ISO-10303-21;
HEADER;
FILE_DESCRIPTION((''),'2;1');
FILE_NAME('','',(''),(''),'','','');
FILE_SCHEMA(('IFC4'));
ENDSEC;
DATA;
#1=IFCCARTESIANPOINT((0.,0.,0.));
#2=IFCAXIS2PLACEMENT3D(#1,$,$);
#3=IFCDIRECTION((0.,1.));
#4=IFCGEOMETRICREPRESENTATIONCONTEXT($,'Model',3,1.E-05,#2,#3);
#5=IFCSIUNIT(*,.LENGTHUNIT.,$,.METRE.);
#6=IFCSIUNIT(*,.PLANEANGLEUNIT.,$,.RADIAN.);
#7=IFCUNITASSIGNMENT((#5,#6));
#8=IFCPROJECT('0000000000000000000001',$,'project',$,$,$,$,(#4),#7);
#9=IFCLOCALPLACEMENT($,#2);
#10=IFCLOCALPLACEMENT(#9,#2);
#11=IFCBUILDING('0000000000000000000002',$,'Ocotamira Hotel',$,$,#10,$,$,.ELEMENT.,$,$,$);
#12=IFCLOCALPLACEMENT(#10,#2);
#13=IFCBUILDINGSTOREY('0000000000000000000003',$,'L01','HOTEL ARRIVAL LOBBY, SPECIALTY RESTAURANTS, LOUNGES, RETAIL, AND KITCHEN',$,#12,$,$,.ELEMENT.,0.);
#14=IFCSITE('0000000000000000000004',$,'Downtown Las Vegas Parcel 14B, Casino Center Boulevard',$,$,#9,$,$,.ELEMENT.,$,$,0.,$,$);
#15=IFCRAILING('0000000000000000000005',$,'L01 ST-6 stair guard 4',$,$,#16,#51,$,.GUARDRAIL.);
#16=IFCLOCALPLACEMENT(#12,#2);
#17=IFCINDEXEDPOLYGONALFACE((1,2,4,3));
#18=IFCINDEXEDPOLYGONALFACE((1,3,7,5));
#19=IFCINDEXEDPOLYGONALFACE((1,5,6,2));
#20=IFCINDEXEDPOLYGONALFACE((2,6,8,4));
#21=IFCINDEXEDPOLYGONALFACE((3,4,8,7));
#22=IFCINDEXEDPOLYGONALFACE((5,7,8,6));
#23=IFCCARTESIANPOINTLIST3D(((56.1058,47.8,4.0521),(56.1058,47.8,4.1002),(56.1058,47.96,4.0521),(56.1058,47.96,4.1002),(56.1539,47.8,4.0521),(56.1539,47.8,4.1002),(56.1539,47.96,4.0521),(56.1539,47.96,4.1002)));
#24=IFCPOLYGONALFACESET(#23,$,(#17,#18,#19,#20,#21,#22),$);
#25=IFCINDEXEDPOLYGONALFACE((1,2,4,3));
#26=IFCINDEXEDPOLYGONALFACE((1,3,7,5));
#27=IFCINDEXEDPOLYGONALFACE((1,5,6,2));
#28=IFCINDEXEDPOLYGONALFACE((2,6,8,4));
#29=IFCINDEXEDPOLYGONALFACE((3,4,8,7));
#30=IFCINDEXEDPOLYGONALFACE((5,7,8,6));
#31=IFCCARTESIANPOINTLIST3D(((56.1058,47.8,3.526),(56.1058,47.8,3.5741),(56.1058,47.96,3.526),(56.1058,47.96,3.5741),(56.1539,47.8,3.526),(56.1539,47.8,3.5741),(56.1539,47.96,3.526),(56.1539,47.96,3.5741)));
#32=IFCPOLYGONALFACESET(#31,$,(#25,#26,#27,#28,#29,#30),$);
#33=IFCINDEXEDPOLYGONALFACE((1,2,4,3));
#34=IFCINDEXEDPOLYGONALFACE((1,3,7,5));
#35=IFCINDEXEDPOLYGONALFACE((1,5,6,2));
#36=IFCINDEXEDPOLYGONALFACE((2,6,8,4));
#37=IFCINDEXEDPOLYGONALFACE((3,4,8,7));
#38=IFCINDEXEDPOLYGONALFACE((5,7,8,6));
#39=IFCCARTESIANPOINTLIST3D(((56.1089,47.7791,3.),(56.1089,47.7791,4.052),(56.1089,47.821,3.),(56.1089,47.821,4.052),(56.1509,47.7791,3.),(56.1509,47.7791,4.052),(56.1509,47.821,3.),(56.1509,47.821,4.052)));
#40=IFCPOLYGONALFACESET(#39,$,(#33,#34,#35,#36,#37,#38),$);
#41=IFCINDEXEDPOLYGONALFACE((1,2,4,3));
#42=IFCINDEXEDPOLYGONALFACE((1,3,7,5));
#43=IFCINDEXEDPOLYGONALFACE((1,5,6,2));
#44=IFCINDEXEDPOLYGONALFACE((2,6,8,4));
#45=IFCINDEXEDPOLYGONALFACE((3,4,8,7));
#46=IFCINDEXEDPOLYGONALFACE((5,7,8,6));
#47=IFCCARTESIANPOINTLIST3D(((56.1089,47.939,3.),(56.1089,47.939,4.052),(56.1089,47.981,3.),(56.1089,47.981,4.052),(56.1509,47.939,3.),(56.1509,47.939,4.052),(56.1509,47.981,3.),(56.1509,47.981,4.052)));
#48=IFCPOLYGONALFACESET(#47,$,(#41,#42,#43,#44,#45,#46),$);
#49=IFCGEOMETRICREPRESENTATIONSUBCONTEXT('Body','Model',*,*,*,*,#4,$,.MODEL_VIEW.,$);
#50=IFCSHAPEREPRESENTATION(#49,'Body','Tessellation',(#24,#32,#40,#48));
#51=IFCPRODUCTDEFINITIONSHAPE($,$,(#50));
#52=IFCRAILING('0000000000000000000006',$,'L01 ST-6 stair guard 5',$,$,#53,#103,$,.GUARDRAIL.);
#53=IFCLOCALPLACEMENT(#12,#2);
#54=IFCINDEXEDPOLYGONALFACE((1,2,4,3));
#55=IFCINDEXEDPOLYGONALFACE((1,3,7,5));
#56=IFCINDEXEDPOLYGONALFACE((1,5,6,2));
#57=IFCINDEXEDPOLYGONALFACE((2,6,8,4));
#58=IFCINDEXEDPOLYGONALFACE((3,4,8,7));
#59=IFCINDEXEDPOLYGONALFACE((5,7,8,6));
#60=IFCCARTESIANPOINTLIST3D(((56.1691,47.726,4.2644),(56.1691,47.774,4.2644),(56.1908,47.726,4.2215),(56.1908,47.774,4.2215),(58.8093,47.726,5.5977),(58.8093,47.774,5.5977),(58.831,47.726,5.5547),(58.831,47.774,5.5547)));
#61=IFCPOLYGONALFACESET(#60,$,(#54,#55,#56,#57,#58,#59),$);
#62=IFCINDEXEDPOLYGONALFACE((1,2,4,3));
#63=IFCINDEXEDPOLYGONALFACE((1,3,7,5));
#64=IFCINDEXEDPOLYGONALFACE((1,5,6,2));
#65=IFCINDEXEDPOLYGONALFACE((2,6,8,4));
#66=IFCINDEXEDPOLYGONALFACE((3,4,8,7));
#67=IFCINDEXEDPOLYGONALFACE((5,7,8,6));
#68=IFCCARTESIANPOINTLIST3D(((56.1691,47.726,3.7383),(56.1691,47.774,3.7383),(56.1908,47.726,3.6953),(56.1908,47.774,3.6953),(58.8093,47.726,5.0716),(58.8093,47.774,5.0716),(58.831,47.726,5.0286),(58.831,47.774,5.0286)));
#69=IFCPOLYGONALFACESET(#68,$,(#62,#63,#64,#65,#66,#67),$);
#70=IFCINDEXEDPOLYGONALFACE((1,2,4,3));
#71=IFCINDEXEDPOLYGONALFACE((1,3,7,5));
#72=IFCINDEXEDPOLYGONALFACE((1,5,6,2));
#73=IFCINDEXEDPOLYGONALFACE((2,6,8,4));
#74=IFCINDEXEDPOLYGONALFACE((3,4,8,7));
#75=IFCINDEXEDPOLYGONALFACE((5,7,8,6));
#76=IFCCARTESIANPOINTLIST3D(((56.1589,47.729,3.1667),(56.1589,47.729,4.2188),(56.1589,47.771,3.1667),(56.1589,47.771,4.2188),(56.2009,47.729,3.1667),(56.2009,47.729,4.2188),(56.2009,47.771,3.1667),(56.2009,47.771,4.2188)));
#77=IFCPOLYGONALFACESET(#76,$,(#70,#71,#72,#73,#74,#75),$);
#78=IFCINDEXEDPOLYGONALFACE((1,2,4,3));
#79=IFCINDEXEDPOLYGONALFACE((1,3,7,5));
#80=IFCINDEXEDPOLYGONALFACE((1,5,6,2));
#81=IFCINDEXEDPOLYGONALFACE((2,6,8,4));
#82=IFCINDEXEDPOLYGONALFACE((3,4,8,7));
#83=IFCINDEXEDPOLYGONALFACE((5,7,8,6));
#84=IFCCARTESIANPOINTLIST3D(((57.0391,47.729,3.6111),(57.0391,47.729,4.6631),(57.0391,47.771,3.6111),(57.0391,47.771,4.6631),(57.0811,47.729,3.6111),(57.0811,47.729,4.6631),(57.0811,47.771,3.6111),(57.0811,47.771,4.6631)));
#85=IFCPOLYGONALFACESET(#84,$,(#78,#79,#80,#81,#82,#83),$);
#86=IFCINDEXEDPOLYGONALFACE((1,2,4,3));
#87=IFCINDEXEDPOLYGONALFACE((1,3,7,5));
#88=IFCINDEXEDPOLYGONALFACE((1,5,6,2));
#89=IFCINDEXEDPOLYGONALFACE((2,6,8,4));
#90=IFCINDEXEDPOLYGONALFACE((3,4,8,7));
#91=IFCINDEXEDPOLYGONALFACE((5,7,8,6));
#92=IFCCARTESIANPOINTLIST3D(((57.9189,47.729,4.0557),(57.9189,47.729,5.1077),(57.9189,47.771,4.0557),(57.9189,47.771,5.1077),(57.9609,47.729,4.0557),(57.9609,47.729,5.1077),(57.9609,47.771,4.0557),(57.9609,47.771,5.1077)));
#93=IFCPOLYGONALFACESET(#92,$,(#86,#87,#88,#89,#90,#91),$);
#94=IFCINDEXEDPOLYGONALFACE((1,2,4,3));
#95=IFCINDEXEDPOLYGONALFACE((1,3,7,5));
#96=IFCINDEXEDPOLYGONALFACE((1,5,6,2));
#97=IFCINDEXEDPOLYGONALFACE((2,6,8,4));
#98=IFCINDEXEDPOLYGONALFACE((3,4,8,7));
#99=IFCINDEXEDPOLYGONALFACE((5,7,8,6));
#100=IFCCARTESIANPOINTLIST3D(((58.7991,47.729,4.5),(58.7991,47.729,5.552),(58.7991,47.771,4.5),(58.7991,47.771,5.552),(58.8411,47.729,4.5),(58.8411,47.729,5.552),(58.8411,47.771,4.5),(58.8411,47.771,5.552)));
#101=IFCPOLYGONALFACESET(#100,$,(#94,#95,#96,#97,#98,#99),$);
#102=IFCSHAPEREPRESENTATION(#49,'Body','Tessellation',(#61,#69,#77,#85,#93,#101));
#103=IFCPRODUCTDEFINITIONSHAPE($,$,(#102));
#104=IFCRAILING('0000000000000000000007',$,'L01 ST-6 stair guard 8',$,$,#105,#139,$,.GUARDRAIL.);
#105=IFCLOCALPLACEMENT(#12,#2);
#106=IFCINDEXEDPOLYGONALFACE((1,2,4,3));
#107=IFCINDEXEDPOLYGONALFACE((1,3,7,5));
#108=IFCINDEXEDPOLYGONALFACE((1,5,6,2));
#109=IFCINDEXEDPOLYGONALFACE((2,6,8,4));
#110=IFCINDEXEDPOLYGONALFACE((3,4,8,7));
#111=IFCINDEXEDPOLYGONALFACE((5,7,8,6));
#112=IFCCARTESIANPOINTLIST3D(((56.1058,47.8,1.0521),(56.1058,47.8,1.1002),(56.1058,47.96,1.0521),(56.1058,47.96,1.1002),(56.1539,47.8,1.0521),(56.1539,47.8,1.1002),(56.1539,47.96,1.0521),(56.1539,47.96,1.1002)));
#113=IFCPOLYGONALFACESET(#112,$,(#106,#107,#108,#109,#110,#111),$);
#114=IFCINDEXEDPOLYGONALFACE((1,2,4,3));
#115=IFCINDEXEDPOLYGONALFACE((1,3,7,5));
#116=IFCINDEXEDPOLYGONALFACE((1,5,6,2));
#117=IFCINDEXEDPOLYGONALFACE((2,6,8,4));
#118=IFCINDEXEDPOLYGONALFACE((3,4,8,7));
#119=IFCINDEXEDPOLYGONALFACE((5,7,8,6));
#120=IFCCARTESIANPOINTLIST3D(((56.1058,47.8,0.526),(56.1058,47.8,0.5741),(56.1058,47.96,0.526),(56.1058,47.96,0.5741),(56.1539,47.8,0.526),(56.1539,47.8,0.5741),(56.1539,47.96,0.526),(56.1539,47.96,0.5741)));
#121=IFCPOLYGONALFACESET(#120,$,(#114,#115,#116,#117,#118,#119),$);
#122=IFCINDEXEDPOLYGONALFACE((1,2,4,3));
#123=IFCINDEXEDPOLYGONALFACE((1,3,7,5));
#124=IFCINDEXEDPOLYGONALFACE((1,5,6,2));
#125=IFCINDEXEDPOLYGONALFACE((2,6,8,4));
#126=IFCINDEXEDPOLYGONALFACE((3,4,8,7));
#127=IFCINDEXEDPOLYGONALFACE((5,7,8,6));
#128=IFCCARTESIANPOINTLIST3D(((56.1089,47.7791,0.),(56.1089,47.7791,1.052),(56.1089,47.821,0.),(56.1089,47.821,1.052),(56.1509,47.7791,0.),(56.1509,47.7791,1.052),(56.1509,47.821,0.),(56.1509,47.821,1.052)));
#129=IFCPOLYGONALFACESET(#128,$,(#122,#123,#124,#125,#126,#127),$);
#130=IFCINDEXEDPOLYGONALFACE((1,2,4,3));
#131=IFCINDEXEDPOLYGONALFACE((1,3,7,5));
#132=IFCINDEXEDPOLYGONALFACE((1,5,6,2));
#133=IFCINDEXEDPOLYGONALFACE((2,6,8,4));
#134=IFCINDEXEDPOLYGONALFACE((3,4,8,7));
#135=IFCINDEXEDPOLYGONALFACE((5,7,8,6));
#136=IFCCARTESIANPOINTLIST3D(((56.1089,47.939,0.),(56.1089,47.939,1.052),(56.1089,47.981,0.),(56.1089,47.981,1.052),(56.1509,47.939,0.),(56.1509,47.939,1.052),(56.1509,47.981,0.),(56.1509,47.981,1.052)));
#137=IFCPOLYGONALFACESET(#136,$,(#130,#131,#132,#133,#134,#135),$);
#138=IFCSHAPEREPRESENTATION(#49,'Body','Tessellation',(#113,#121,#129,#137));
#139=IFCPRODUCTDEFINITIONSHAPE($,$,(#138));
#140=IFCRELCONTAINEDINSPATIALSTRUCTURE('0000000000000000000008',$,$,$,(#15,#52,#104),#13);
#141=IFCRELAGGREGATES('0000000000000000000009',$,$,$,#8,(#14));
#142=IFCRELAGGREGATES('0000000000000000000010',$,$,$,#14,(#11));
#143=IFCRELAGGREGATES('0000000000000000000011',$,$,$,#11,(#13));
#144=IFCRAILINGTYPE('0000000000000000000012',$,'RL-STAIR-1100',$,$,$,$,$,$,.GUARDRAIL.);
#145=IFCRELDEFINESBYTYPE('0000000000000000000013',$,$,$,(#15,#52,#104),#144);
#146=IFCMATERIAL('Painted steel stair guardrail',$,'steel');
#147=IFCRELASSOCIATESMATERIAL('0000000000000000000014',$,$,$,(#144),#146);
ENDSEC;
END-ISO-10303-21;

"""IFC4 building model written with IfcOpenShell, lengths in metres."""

from ifc_helpers import new_model, si_unit, direction, frame, origin, origin_2d, place, context, subcontext, project, spatial, rectangle, extrude, material, type_object, element, save


model = new_model("IFC4")

# Units and contexts
model_context = context("Model", 3, precision=1e-05, world=origin(), true_north=direction((0.0, 1.0)))
body_context = subcontext(model_context, "Body", "Model", "MODEL_VIEW")
ifc_project = project(units=[si_unit("LENGTHUNIT", "METRE"), si_unit("PLANEANGLEUNIT", "RADIAN")], contexts=[model_context])

# Site, building, storey
site_placement = place(None, origin())
site = spatial("IfcSite", under=ifc_project, at=site_placement, Name="Downtown Las Vegas Parcel 14B, Casino Center Boulevard", CompositionType="ELEMENT", RefElevation=0.0)
building_placement = place(site_placement, origin())
building = spatial("IfcBuilding", under=site, at=building_placement, Name="Ocotamira Hotel", CompositionType="ELEMENT")
storey_placement = place(building_placement, origin())
storey = spatial("IfcBuildingStorey", under=building, at=storey_placement, Name="L01", Description="HOTEL ARRIVAL LOBBY, SPECIALTY RESTAURANTS, LOUNGES, RETAIL, AND KITCHEN", CompositionType="ELEMENT", Elevation=0.0)

# Railings
ifc_material_1 = material(Name="Painted steel stair guardrail", Category="steel")
railing_type_1 = type_object("IfcRailingType", Name="RL-STAIR-1100", PredefinedType="GUARDRAIL", material=ifc_material_1)
railing_1_placement = place(storey_placement, frame((56.1299, 47.8, 3.0)))
element("IfcRailing", 1, at=railing_1_placement, inside=storey, type_object=railing_type_1, Name="L01 ST-6 stair guard 4", PredefinedType="GUARDRAIL", context=body_context, shape_type="SweptSolid", body=[
    extrude(rectangle(XDim=0.0481, YDim=0.0481, at=origin_2d()), frame((0.0, 0.0, 1.0762), z_axis=(0.0, 1.0, 0.0), x_axis=(-1.0, 0.0, 0.0)), (0.0, 0.0, 1.0), 0.1599),
    extrude(rectangle(XDim=0.0481, YDim=0.0481, at=origin_2d()), frame((0.0, 0.0, 0.55), z_axis=(0.0, 1.0, 0.0), x_axis=(-1.0, 0.0, 0.0)), (0.0, 0.0, 1.0), 0.1599),
    extrude(rectangle(XDim=0.042, YDim=0.042, at=origin_2d()), origin(), (0.0, 0.0, 1.0), 1.052),
    extrude(rectangle(XDim=0.042, YDim=0.042, at=origin_2d()), frame((0.0, 0.1599, 0.0)), (0.0, 0.0, 1.0), 1.052),
])
railing_2_placement = place(storey_placement, frame((56.1799, 47.75, 3.1667)))
element("IfcRailing", 2, at=railing_2_placement, inside=storey, type_object=railing_type_1, Name="L01 ST-6 stair guard 5", PredefinedType="GUARDRAIL", context=body_context, shape_type="SweptSolid", body=[
    extrude(rectangle(XDim=0.0481, YDim=0.0481, at=origin_2d()), frame((0.0, 0.0, 1.0762), z_axis=(0.892637, 0.0, 0.450776), x_axis=(0.0, 1.0, 0.0)), (0.0, 0.0, 1.0), 2.9578),
    extrude(rectangle(XDim=0.0481, YDim=0.0481, at=origin_2d()), frame((0.0, 0.0, 0.55), z_axis=(0.892637, 0.0, 0.450776), x_axis=(0.0, 1.0, 0.0)), (0.0, 0.0, 1.0), 2.9578),
    extrude(rectangle(XDim=0.042, YDim=0.042, at=origin_2d()), origin(), (0.0, 0.0, 1.0), 1.052),
    extrude(rectangle(XDim=0.042, YDim=0.042, at=origin_2d()), frame((0.8801, 0.0, 0.4443)), (0.0, 0.0, 1.0), 1.052),
    extrude(rectangle(XDim=0.042, YDim=0.042, at=origin_2d()), frame((1.76, 0.0, 0.8889)), (0.0, 0.0, 1.0), 1.052),
    extrude(rectangle(XDim=0.042, YDim=0.042, at=origin_2d()), frame((2.6401, 0.0, 1.3333)), (0.0, 0.0, 1.0), 1.052),
])
railing_3_placement = place(storey_placement, frame((56.1299, 47.8, 0.0)))
element("IfcRailing", 3, at=railing_3_placement, inside=storey, type_object=railing_type_1, Name="L01 ST-6 stair guard 8", PredefinedType="GUARDRAIL", context=body_context, shape_type="SweptSolid", body=[
    extrude(rectangle(XDim=0.0481, YDim=0.0481, at=origin_2d()), frame((0.0, 0.0, 1.0762), z_axis=(0.0, 1.0, 0.0), x_axis=(-1.0, 0.0, 0.0)), (0.0, 0.0, 1.0), 0.1599),
    extrude(rectangle(XDim=0.0481, YDim=0.0481, at=origin_2d()), frame((0.0, 0.0, 0.55), z_axis=(0.0, 1.0, 0.0), x_axis=(-1.0, 0.0, 0.0)), (0.0, 0.0, 1.0), 0.1599),
    extrude(rectangle(XDim=0.042, YDim=0.042, at=origin_2d()), origin(), (0.0, 0.0, 1.0), 1.052),
    extrude(rectangle(XDim=0.042, YDim=0.042, at=origin_2d()), frame((0.0, 0.1599, 0.0)), (0.0, 0.0, 1.0), 1.052),
])

save(model, "model.ifc")
